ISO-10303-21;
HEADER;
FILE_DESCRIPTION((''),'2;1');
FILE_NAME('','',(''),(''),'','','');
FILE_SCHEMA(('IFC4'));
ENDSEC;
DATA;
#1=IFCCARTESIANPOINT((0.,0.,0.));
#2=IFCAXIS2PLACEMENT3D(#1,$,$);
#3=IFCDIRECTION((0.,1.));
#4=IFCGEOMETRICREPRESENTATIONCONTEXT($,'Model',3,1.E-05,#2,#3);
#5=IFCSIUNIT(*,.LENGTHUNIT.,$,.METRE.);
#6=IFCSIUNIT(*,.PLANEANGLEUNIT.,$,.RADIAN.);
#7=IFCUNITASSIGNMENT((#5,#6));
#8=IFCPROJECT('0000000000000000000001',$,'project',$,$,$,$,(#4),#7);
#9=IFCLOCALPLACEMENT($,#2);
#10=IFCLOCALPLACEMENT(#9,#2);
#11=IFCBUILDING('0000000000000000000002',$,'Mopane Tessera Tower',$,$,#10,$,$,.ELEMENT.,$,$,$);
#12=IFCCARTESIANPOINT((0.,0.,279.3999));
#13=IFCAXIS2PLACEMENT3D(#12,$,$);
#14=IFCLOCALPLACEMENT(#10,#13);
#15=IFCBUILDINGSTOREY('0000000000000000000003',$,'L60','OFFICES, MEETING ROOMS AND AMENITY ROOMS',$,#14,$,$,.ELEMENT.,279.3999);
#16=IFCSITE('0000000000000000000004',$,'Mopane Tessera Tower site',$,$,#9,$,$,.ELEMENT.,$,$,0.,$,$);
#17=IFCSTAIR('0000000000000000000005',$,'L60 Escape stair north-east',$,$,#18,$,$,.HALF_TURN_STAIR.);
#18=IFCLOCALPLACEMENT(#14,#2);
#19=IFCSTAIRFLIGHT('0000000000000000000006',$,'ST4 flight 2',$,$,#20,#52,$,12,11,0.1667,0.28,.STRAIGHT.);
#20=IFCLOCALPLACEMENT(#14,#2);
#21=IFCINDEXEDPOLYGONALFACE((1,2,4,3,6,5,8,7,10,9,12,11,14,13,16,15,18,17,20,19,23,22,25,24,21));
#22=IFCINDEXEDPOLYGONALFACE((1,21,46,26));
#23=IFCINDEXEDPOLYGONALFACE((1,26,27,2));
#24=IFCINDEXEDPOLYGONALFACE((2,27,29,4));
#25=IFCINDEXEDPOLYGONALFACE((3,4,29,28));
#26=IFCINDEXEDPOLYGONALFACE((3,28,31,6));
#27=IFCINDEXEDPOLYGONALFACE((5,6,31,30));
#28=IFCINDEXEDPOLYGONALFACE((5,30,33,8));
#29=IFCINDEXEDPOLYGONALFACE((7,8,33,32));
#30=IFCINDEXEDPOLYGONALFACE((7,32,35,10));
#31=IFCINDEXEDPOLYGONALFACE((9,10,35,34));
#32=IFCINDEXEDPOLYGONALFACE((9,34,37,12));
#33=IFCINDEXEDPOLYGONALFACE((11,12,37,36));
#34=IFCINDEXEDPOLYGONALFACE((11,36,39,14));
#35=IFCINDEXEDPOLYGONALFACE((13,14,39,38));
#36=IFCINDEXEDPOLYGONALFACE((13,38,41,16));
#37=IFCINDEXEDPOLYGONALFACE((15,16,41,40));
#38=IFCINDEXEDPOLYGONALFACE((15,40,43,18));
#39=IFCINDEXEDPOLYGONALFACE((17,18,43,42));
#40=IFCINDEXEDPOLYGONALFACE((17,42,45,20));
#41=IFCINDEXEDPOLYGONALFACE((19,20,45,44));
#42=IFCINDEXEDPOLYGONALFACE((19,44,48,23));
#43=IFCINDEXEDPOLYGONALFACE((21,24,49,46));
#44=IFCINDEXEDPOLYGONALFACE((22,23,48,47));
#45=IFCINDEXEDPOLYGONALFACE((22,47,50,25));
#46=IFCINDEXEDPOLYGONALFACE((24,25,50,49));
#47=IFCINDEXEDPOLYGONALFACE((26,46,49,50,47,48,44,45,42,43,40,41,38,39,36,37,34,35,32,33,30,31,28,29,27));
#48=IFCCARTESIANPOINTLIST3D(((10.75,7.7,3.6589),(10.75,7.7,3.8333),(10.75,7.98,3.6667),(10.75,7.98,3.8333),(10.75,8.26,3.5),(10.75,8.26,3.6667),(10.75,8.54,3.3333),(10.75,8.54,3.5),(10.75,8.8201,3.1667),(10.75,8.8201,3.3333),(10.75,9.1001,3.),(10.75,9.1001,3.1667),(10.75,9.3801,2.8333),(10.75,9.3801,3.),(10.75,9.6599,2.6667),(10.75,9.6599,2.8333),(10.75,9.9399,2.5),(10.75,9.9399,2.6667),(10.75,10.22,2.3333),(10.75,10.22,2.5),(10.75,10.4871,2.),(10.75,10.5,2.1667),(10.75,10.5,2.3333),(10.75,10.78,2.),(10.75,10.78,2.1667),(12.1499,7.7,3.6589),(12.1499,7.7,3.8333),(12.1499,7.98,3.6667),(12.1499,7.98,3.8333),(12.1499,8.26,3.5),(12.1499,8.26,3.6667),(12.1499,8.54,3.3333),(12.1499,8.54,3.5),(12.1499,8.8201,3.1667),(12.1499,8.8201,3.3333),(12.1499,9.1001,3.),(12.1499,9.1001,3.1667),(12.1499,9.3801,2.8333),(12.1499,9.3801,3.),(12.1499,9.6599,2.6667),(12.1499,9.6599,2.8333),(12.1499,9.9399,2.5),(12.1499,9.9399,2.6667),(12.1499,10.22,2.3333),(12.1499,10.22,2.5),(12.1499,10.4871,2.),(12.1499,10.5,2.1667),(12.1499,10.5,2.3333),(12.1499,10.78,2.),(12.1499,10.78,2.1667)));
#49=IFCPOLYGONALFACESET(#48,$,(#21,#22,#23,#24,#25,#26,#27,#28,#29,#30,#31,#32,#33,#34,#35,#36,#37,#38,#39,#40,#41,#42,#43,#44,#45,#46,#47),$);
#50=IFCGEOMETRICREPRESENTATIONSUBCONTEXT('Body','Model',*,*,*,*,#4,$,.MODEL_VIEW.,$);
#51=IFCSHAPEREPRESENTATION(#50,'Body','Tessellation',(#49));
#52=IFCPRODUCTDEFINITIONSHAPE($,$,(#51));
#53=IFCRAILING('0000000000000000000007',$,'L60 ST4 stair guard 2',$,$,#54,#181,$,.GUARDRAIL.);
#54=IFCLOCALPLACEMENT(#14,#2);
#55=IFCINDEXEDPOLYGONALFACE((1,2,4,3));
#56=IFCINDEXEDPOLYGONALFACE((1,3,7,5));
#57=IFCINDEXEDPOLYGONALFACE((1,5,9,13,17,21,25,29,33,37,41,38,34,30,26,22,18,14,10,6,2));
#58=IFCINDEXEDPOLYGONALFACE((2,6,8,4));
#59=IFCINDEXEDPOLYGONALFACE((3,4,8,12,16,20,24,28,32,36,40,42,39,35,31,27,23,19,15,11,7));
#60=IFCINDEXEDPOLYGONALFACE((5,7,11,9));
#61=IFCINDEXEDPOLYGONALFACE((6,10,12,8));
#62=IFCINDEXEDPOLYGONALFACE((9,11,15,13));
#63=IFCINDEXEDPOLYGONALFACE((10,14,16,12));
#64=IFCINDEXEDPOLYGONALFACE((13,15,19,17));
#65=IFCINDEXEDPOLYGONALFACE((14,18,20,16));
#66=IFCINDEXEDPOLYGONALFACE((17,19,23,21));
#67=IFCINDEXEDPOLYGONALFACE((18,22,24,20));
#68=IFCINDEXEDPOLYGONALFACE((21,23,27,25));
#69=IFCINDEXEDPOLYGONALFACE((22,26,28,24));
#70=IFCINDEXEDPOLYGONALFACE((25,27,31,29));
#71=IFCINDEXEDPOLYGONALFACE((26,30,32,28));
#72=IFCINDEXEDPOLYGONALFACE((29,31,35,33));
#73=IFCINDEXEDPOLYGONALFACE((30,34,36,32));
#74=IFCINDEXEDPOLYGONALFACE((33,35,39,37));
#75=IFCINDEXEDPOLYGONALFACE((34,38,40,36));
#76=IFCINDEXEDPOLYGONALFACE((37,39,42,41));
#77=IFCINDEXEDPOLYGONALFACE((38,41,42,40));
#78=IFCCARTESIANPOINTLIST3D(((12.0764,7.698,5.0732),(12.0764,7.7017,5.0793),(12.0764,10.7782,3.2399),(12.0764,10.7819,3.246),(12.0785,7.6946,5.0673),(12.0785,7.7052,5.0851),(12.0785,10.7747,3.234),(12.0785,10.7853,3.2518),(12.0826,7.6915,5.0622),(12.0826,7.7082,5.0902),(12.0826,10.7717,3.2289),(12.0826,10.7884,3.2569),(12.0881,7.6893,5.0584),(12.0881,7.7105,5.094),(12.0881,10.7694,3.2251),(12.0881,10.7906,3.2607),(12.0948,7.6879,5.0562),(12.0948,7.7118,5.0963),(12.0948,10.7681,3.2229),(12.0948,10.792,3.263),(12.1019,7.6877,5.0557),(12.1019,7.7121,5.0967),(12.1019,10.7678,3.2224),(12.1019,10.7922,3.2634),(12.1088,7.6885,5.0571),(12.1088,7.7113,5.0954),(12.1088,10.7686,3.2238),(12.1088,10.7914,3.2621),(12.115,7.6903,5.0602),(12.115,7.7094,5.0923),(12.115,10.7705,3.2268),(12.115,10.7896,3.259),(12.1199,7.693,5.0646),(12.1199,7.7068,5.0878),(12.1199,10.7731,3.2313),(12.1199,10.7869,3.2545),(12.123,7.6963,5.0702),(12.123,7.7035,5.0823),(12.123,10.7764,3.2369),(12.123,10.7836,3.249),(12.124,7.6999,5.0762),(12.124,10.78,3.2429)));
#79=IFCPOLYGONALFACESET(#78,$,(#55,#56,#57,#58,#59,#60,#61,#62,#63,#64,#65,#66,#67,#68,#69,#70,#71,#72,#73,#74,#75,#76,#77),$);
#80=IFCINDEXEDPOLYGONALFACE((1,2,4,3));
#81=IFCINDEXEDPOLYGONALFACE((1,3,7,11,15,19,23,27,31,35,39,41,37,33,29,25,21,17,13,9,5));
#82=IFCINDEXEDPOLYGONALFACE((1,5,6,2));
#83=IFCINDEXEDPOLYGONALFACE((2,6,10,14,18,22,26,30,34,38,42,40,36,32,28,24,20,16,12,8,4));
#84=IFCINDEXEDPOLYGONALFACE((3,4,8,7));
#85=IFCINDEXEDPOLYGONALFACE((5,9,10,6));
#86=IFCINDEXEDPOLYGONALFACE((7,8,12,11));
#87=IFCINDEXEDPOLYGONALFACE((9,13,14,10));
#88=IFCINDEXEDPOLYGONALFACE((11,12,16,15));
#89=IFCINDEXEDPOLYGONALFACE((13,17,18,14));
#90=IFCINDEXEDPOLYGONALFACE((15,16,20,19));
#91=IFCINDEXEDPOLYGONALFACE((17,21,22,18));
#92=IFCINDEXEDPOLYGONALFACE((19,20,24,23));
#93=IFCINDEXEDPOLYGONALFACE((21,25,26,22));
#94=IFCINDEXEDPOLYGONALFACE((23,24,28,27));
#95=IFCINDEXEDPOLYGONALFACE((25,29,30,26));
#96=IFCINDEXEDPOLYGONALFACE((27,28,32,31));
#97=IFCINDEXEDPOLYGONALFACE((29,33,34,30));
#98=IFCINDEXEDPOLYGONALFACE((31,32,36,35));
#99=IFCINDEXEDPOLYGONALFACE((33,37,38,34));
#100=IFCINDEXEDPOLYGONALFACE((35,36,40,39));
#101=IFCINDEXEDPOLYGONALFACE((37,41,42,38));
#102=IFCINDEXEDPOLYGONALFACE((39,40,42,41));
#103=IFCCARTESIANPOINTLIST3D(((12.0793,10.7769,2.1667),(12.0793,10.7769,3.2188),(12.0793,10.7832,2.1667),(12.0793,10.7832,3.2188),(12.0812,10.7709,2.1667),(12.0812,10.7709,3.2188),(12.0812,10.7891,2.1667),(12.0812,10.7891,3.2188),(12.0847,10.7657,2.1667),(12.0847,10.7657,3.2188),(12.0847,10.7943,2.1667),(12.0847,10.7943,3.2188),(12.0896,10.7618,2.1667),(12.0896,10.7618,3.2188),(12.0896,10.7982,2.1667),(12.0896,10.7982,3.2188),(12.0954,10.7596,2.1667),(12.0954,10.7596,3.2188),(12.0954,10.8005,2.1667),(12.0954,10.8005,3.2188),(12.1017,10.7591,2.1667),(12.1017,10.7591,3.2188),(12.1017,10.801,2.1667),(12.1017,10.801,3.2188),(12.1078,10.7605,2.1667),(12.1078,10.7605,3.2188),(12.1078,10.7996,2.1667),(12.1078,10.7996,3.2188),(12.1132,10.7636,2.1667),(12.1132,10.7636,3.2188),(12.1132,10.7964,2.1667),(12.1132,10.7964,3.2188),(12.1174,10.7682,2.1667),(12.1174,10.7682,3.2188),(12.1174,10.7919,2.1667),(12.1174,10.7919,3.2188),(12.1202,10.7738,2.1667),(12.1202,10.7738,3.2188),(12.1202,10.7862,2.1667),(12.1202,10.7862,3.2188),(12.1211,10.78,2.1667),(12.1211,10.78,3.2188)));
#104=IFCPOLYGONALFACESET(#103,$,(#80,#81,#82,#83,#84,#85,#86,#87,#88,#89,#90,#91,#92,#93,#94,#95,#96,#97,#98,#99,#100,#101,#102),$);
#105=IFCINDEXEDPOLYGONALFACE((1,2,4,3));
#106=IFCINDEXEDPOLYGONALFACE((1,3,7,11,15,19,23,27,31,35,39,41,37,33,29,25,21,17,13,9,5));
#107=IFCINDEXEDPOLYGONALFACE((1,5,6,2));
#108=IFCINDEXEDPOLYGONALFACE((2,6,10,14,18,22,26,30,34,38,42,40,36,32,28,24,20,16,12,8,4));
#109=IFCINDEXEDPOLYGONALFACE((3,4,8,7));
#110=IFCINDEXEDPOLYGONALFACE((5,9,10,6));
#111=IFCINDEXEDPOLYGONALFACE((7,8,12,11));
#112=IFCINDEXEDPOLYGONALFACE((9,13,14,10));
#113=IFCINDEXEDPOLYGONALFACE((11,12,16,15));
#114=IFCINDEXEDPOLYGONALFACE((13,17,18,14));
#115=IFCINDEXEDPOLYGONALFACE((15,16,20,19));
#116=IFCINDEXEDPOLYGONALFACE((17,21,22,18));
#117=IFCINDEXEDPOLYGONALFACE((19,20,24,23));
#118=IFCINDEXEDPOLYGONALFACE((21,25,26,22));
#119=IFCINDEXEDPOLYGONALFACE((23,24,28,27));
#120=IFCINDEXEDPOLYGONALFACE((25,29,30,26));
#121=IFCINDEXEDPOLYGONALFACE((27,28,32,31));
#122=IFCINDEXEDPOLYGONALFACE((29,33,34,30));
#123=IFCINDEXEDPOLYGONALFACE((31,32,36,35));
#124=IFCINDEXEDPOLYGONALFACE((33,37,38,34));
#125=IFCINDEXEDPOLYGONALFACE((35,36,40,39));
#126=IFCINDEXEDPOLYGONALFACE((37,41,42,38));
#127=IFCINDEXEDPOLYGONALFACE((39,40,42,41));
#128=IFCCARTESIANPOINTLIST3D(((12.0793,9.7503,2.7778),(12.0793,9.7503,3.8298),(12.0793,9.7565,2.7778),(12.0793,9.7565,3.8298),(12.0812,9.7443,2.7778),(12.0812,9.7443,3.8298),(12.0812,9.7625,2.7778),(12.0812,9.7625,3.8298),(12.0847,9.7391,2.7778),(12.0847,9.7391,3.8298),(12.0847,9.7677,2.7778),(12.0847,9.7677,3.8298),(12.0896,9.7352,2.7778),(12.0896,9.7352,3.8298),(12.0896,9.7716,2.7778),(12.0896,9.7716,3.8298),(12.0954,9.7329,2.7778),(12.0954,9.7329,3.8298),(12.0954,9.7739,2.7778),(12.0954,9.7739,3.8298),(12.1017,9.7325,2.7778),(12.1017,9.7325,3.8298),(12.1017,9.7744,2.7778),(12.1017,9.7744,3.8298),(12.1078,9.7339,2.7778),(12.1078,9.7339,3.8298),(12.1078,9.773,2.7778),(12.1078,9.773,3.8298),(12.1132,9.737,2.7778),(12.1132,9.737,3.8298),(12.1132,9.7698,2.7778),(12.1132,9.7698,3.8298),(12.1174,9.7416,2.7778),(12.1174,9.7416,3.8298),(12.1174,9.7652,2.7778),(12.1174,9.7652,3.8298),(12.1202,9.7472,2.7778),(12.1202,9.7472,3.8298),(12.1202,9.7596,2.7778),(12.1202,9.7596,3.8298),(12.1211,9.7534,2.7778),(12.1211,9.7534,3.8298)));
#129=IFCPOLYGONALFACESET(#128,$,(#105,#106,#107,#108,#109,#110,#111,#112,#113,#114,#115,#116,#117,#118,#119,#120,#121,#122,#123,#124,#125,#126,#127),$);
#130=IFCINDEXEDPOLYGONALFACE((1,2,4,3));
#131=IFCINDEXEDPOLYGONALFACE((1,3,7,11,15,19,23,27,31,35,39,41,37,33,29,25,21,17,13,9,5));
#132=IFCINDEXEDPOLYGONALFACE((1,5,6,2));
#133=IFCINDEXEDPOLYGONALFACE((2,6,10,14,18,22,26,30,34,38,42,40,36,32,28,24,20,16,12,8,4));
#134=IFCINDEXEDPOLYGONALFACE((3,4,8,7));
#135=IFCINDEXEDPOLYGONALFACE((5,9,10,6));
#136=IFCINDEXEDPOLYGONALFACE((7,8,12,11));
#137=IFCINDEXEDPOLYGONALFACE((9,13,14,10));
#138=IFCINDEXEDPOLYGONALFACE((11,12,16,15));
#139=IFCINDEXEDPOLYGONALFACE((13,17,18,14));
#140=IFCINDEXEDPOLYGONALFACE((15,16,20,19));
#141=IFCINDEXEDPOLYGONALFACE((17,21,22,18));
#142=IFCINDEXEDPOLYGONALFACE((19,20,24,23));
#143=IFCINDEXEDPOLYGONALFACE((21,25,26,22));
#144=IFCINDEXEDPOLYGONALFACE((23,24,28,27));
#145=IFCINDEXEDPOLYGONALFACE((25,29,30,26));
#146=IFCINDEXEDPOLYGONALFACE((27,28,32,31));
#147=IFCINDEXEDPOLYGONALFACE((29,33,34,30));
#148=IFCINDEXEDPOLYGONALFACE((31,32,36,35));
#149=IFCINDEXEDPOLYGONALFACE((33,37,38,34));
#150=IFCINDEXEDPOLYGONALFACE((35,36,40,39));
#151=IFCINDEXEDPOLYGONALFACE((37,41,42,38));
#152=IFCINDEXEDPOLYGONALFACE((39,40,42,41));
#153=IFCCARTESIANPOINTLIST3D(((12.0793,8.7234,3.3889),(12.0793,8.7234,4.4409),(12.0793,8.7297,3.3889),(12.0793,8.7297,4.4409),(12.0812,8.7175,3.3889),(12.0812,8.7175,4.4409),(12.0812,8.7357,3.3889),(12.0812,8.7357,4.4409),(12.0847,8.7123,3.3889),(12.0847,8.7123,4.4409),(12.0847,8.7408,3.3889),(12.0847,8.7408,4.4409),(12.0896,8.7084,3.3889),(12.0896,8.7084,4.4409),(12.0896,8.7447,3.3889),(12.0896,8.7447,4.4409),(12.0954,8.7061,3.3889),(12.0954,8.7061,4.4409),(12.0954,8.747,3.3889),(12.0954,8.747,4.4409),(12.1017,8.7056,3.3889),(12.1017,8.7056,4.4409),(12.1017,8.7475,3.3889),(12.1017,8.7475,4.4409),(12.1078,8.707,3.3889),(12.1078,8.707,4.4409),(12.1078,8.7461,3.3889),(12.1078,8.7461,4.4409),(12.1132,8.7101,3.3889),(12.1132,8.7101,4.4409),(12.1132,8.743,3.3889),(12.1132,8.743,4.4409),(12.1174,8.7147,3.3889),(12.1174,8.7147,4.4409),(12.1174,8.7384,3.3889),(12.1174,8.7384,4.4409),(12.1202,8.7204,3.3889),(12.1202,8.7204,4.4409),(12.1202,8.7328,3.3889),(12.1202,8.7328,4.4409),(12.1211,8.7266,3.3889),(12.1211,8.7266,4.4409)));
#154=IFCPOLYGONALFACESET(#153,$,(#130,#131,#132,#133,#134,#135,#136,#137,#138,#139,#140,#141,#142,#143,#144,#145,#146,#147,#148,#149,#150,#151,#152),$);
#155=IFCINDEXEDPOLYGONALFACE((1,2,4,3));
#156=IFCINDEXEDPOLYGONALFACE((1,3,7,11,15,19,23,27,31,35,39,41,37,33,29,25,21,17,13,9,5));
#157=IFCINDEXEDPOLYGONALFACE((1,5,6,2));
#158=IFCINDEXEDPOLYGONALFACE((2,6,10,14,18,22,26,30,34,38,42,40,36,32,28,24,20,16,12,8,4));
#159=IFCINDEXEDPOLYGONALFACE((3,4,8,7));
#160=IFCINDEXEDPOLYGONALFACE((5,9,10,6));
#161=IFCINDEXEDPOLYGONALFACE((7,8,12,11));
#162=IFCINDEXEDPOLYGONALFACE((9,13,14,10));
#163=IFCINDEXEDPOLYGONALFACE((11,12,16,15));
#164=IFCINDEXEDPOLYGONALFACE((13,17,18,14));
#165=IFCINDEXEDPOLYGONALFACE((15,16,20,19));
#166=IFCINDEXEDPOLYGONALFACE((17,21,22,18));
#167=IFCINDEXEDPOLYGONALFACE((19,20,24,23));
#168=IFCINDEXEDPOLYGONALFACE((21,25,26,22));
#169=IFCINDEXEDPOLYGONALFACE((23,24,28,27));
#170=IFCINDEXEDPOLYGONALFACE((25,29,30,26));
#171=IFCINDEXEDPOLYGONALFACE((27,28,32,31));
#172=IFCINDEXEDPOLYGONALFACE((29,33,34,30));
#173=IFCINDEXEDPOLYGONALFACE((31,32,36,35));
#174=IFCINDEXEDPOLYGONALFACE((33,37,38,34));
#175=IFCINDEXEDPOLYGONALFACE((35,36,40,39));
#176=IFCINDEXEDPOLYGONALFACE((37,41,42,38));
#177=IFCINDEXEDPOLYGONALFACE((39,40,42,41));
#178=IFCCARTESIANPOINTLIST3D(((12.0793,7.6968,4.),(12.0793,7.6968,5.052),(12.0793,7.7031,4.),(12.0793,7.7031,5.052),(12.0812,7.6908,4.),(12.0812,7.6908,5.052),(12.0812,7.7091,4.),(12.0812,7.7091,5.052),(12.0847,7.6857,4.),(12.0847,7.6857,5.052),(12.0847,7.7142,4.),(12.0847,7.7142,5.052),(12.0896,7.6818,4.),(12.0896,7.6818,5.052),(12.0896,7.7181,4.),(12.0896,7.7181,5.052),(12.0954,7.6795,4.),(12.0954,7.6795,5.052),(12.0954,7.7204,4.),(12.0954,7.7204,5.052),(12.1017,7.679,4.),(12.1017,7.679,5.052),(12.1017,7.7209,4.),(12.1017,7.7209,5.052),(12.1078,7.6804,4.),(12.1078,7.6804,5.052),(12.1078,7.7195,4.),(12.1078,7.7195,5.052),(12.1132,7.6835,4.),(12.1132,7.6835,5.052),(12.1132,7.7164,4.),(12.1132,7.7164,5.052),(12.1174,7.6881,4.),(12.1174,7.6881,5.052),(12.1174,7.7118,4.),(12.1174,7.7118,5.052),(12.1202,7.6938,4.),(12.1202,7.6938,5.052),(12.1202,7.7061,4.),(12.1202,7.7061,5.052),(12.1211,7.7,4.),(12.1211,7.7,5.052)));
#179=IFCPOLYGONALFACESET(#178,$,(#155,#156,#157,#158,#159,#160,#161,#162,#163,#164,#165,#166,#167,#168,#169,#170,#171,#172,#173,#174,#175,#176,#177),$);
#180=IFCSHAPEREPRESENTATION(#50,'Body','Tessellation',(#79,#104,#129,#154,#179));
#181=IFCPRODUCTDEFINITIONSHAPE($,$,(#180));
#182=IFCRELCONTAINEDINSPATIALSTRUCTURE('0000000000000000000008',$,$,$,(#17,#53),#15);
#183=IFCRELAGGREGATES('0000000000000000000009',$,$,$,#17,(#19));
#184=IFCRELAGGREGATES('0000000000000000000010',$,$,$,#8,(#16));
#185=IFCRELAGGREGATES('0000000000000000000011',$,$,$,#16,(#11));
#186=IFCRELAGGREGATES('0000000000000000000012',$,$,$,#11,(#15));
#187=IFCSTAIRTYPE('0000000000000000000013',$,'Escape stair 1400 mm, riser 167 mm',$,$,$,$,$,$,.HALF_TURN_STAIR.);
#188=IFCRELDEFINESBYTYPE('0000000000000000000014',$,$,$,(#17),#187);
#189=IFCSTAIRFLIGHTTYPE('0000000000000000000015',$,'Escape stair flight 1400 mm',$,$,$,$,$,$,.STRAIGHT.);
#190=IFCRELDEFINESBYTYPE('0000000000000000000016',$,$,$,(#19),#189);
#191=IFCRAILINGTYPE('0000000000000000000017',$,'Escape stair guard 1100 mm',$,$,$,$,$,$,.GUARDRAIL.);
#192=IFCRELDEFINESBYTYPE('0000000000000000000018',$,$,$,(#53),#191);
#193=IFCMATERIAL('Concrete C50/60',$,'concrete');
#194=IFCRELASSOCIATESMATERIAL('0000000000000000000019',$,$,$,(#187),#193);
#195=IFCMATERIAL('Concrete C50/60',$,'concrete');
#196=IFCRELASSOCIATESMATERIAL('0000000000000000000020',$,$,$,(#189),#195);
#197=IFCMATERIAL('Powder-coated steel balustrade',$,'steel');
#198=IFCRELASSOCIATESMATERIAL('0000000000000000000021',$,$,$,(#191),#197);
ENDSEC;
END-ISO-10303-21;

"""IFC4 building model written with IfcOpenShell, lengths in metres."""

from ifc_helpers import new_model, si_unit, direction, frame, origin, origin_2d, place, context, subcontext, project, spatial, polyline, circle, outline, extrude, material, type_object, element, aggregate, save


model = new_model("IFC4")

# Units and contexts
model_context = context("Model", 3, precision=1e-05, world=origin(), true_north=direction((0.0, 1.0)))
body_context = subcontext(model_context, "Body", "Model", "MODEL_VIEW")
ifc_project = project(units=[si_unit("LENGTHUNIT", "METRE"), si_unit("PLANEANGLEUNIT", "RADIAN")], contexts=[model_context])

# Site, building, storey
site_placement = place(None, origin())
site = spatial("IfcSite", under=ifc_project, at=site_placement, Name="Mopane Tessera Tower site", CompositionType="ELEMENT", RefElevation=0.0)
building_placement = place(site_placement, origin())
building = spatial("IfcBuilding", under=site, at=building_placement, Name="Mopane Tessera Tower", CompositionType="ELEMENT")
storey_placement = place(building_placement, frame((0.0, 0.0, 279.3999)))
storey = spatial("IfcBuildingStorey", under=building, at=storey_placement, Name="L60", Description="OFFICES, MEETING ROOMS AND AMENITY ROOMS", CompositionType="ELEMENT", Elevation=279.3999)

# Stair
ifc_material_1 = material(Name="Concrete C50/60", Category="concrete")
stair_type = type_object("IfcStairType", Name="Escape stair 1400 mm, riser 167 mm", PredefinedType="HALF_TURN_STAIR", material=ifc_material_1)
stair_1_placement = place(storey_placement, origin())
stair_1 = element("IfcStair", 1, at=stair_1_placement, inside=storey, type_object=stair_type, Name="L60 Escape stair north-east", PredefinedType="HALF_TURN_STAIR")

# Stair flight
ifc_material_2 = material(Name="Concrete C50/60", Category="concrete")
stair_flight_type = type_object("IfcStairFlightType", Name="Escape stair flight 1400 mm", PredefinedType="STRAIGHT", material=ifc_material_2)
stair_flight_1_placement = place(storey_placement, frame((11.45, 10.78, 2.0), z_axis=(0.0, 0.0, 1.0), x_axis=(0.0, -1.0, 0.0)))
stair_flight_1 = element("IfcStairFlight", 2, at=stair_flight_1_placement, type_object=stair_flight_type, Name="ST4 flight 2", NumberOfRisers=12, NumberOfTreads=11, PredefinedType="STRAIGHT", RiserHeight=0.1667, TreadLength=0.28, context=body_context, shape_type="SweptSolid", body=[
    extrude(outline(polyline([(0.0, 0.0), (0.0, 0.1667), (0.28, 0.1667), (0.28, 0.3333), (0.5601, 0.3333), (0.5601, 0.5), (0.8401, 0.5), (0.8401, 0.6667), (1.1201, 0.6667), (1.1201, 0.8333), (1.3999, 0.8333), (1.3999, 1.0), (1.6799, 1.0), (1.6799, 1.1667), (1.96, 1.1667), (1.96, 1.3333), (2.24, 1.3333), (2.24, 1.5), (2.52, 1.5), (2.52, 1.6667), (2.8, 1.6667), (2.8, 1.8333), (3.0801, 1.8333), (3.0801, 2.0), (3.0801, 1.6589), (0.293, 0.0), (0.0, 0.0)])), frame((0.0, 0.7, 0.0), z_axis=(0.0, -1.0, 0.0), x_axis=(1.0, 0.0, 0.0)), (0.0, 0.0, 1.0), 1.3999),
])
aggregate(stair_1, [stair_flight_1])

# Railing
ifc_material_3 = material(Name="Powder-coated steel balustrade", Category="steel")
railing_type_1 = type_object("IfcRailingType", Name="Escape stair guard 1100 mm", PredefinedType="GUARDRAIL", material=ifc_material_3)
railing_1_placement = place(storey_placement, frame((12.1001, 10.78, 2.1667)))
element("IfcRailing", 3, at=railing_1_placement, inside=storey, type_object=railing_type_1, Name="L60 ST4 stair guard 2", PredefinedType="GUARDRAIL", context=body_context, shape_type="SweptSolid", body=[
    extrude(circle(Radius=0.0239, at=origin_2d()), frame((0.0, 0.0, 1.0762), z_axis=(0.0, -0.859309, 0.511458), x_axis=(1.0, 0.0, 0.0)), (0.0, 0.0, 1.0), 3.5845),
    extrude(circle(Radius=0.021, at=origin_2d()), origin(), (0.0, 0.0, 1.0), 1.052),
    extrude(circle(Radius=0.021, at=origin_2d()), frame((0.0, -1.0266, 0.6111)), (0.0, 0.0, 1.0), 1.052),
    extrude(circle(Radius=0.021, at=origin_2d()), frame((0.0, -2.0535, 1.2222)), (0.0, 0.0, 1.0), 1.052),
    extrude(circle(Radius=0.021, at=origin_2d()), frame((0.0, -3.0801, 1.8333)), (0.0, 0.0, 1.0), 1.052),
])

save(model, "model.ifc")
